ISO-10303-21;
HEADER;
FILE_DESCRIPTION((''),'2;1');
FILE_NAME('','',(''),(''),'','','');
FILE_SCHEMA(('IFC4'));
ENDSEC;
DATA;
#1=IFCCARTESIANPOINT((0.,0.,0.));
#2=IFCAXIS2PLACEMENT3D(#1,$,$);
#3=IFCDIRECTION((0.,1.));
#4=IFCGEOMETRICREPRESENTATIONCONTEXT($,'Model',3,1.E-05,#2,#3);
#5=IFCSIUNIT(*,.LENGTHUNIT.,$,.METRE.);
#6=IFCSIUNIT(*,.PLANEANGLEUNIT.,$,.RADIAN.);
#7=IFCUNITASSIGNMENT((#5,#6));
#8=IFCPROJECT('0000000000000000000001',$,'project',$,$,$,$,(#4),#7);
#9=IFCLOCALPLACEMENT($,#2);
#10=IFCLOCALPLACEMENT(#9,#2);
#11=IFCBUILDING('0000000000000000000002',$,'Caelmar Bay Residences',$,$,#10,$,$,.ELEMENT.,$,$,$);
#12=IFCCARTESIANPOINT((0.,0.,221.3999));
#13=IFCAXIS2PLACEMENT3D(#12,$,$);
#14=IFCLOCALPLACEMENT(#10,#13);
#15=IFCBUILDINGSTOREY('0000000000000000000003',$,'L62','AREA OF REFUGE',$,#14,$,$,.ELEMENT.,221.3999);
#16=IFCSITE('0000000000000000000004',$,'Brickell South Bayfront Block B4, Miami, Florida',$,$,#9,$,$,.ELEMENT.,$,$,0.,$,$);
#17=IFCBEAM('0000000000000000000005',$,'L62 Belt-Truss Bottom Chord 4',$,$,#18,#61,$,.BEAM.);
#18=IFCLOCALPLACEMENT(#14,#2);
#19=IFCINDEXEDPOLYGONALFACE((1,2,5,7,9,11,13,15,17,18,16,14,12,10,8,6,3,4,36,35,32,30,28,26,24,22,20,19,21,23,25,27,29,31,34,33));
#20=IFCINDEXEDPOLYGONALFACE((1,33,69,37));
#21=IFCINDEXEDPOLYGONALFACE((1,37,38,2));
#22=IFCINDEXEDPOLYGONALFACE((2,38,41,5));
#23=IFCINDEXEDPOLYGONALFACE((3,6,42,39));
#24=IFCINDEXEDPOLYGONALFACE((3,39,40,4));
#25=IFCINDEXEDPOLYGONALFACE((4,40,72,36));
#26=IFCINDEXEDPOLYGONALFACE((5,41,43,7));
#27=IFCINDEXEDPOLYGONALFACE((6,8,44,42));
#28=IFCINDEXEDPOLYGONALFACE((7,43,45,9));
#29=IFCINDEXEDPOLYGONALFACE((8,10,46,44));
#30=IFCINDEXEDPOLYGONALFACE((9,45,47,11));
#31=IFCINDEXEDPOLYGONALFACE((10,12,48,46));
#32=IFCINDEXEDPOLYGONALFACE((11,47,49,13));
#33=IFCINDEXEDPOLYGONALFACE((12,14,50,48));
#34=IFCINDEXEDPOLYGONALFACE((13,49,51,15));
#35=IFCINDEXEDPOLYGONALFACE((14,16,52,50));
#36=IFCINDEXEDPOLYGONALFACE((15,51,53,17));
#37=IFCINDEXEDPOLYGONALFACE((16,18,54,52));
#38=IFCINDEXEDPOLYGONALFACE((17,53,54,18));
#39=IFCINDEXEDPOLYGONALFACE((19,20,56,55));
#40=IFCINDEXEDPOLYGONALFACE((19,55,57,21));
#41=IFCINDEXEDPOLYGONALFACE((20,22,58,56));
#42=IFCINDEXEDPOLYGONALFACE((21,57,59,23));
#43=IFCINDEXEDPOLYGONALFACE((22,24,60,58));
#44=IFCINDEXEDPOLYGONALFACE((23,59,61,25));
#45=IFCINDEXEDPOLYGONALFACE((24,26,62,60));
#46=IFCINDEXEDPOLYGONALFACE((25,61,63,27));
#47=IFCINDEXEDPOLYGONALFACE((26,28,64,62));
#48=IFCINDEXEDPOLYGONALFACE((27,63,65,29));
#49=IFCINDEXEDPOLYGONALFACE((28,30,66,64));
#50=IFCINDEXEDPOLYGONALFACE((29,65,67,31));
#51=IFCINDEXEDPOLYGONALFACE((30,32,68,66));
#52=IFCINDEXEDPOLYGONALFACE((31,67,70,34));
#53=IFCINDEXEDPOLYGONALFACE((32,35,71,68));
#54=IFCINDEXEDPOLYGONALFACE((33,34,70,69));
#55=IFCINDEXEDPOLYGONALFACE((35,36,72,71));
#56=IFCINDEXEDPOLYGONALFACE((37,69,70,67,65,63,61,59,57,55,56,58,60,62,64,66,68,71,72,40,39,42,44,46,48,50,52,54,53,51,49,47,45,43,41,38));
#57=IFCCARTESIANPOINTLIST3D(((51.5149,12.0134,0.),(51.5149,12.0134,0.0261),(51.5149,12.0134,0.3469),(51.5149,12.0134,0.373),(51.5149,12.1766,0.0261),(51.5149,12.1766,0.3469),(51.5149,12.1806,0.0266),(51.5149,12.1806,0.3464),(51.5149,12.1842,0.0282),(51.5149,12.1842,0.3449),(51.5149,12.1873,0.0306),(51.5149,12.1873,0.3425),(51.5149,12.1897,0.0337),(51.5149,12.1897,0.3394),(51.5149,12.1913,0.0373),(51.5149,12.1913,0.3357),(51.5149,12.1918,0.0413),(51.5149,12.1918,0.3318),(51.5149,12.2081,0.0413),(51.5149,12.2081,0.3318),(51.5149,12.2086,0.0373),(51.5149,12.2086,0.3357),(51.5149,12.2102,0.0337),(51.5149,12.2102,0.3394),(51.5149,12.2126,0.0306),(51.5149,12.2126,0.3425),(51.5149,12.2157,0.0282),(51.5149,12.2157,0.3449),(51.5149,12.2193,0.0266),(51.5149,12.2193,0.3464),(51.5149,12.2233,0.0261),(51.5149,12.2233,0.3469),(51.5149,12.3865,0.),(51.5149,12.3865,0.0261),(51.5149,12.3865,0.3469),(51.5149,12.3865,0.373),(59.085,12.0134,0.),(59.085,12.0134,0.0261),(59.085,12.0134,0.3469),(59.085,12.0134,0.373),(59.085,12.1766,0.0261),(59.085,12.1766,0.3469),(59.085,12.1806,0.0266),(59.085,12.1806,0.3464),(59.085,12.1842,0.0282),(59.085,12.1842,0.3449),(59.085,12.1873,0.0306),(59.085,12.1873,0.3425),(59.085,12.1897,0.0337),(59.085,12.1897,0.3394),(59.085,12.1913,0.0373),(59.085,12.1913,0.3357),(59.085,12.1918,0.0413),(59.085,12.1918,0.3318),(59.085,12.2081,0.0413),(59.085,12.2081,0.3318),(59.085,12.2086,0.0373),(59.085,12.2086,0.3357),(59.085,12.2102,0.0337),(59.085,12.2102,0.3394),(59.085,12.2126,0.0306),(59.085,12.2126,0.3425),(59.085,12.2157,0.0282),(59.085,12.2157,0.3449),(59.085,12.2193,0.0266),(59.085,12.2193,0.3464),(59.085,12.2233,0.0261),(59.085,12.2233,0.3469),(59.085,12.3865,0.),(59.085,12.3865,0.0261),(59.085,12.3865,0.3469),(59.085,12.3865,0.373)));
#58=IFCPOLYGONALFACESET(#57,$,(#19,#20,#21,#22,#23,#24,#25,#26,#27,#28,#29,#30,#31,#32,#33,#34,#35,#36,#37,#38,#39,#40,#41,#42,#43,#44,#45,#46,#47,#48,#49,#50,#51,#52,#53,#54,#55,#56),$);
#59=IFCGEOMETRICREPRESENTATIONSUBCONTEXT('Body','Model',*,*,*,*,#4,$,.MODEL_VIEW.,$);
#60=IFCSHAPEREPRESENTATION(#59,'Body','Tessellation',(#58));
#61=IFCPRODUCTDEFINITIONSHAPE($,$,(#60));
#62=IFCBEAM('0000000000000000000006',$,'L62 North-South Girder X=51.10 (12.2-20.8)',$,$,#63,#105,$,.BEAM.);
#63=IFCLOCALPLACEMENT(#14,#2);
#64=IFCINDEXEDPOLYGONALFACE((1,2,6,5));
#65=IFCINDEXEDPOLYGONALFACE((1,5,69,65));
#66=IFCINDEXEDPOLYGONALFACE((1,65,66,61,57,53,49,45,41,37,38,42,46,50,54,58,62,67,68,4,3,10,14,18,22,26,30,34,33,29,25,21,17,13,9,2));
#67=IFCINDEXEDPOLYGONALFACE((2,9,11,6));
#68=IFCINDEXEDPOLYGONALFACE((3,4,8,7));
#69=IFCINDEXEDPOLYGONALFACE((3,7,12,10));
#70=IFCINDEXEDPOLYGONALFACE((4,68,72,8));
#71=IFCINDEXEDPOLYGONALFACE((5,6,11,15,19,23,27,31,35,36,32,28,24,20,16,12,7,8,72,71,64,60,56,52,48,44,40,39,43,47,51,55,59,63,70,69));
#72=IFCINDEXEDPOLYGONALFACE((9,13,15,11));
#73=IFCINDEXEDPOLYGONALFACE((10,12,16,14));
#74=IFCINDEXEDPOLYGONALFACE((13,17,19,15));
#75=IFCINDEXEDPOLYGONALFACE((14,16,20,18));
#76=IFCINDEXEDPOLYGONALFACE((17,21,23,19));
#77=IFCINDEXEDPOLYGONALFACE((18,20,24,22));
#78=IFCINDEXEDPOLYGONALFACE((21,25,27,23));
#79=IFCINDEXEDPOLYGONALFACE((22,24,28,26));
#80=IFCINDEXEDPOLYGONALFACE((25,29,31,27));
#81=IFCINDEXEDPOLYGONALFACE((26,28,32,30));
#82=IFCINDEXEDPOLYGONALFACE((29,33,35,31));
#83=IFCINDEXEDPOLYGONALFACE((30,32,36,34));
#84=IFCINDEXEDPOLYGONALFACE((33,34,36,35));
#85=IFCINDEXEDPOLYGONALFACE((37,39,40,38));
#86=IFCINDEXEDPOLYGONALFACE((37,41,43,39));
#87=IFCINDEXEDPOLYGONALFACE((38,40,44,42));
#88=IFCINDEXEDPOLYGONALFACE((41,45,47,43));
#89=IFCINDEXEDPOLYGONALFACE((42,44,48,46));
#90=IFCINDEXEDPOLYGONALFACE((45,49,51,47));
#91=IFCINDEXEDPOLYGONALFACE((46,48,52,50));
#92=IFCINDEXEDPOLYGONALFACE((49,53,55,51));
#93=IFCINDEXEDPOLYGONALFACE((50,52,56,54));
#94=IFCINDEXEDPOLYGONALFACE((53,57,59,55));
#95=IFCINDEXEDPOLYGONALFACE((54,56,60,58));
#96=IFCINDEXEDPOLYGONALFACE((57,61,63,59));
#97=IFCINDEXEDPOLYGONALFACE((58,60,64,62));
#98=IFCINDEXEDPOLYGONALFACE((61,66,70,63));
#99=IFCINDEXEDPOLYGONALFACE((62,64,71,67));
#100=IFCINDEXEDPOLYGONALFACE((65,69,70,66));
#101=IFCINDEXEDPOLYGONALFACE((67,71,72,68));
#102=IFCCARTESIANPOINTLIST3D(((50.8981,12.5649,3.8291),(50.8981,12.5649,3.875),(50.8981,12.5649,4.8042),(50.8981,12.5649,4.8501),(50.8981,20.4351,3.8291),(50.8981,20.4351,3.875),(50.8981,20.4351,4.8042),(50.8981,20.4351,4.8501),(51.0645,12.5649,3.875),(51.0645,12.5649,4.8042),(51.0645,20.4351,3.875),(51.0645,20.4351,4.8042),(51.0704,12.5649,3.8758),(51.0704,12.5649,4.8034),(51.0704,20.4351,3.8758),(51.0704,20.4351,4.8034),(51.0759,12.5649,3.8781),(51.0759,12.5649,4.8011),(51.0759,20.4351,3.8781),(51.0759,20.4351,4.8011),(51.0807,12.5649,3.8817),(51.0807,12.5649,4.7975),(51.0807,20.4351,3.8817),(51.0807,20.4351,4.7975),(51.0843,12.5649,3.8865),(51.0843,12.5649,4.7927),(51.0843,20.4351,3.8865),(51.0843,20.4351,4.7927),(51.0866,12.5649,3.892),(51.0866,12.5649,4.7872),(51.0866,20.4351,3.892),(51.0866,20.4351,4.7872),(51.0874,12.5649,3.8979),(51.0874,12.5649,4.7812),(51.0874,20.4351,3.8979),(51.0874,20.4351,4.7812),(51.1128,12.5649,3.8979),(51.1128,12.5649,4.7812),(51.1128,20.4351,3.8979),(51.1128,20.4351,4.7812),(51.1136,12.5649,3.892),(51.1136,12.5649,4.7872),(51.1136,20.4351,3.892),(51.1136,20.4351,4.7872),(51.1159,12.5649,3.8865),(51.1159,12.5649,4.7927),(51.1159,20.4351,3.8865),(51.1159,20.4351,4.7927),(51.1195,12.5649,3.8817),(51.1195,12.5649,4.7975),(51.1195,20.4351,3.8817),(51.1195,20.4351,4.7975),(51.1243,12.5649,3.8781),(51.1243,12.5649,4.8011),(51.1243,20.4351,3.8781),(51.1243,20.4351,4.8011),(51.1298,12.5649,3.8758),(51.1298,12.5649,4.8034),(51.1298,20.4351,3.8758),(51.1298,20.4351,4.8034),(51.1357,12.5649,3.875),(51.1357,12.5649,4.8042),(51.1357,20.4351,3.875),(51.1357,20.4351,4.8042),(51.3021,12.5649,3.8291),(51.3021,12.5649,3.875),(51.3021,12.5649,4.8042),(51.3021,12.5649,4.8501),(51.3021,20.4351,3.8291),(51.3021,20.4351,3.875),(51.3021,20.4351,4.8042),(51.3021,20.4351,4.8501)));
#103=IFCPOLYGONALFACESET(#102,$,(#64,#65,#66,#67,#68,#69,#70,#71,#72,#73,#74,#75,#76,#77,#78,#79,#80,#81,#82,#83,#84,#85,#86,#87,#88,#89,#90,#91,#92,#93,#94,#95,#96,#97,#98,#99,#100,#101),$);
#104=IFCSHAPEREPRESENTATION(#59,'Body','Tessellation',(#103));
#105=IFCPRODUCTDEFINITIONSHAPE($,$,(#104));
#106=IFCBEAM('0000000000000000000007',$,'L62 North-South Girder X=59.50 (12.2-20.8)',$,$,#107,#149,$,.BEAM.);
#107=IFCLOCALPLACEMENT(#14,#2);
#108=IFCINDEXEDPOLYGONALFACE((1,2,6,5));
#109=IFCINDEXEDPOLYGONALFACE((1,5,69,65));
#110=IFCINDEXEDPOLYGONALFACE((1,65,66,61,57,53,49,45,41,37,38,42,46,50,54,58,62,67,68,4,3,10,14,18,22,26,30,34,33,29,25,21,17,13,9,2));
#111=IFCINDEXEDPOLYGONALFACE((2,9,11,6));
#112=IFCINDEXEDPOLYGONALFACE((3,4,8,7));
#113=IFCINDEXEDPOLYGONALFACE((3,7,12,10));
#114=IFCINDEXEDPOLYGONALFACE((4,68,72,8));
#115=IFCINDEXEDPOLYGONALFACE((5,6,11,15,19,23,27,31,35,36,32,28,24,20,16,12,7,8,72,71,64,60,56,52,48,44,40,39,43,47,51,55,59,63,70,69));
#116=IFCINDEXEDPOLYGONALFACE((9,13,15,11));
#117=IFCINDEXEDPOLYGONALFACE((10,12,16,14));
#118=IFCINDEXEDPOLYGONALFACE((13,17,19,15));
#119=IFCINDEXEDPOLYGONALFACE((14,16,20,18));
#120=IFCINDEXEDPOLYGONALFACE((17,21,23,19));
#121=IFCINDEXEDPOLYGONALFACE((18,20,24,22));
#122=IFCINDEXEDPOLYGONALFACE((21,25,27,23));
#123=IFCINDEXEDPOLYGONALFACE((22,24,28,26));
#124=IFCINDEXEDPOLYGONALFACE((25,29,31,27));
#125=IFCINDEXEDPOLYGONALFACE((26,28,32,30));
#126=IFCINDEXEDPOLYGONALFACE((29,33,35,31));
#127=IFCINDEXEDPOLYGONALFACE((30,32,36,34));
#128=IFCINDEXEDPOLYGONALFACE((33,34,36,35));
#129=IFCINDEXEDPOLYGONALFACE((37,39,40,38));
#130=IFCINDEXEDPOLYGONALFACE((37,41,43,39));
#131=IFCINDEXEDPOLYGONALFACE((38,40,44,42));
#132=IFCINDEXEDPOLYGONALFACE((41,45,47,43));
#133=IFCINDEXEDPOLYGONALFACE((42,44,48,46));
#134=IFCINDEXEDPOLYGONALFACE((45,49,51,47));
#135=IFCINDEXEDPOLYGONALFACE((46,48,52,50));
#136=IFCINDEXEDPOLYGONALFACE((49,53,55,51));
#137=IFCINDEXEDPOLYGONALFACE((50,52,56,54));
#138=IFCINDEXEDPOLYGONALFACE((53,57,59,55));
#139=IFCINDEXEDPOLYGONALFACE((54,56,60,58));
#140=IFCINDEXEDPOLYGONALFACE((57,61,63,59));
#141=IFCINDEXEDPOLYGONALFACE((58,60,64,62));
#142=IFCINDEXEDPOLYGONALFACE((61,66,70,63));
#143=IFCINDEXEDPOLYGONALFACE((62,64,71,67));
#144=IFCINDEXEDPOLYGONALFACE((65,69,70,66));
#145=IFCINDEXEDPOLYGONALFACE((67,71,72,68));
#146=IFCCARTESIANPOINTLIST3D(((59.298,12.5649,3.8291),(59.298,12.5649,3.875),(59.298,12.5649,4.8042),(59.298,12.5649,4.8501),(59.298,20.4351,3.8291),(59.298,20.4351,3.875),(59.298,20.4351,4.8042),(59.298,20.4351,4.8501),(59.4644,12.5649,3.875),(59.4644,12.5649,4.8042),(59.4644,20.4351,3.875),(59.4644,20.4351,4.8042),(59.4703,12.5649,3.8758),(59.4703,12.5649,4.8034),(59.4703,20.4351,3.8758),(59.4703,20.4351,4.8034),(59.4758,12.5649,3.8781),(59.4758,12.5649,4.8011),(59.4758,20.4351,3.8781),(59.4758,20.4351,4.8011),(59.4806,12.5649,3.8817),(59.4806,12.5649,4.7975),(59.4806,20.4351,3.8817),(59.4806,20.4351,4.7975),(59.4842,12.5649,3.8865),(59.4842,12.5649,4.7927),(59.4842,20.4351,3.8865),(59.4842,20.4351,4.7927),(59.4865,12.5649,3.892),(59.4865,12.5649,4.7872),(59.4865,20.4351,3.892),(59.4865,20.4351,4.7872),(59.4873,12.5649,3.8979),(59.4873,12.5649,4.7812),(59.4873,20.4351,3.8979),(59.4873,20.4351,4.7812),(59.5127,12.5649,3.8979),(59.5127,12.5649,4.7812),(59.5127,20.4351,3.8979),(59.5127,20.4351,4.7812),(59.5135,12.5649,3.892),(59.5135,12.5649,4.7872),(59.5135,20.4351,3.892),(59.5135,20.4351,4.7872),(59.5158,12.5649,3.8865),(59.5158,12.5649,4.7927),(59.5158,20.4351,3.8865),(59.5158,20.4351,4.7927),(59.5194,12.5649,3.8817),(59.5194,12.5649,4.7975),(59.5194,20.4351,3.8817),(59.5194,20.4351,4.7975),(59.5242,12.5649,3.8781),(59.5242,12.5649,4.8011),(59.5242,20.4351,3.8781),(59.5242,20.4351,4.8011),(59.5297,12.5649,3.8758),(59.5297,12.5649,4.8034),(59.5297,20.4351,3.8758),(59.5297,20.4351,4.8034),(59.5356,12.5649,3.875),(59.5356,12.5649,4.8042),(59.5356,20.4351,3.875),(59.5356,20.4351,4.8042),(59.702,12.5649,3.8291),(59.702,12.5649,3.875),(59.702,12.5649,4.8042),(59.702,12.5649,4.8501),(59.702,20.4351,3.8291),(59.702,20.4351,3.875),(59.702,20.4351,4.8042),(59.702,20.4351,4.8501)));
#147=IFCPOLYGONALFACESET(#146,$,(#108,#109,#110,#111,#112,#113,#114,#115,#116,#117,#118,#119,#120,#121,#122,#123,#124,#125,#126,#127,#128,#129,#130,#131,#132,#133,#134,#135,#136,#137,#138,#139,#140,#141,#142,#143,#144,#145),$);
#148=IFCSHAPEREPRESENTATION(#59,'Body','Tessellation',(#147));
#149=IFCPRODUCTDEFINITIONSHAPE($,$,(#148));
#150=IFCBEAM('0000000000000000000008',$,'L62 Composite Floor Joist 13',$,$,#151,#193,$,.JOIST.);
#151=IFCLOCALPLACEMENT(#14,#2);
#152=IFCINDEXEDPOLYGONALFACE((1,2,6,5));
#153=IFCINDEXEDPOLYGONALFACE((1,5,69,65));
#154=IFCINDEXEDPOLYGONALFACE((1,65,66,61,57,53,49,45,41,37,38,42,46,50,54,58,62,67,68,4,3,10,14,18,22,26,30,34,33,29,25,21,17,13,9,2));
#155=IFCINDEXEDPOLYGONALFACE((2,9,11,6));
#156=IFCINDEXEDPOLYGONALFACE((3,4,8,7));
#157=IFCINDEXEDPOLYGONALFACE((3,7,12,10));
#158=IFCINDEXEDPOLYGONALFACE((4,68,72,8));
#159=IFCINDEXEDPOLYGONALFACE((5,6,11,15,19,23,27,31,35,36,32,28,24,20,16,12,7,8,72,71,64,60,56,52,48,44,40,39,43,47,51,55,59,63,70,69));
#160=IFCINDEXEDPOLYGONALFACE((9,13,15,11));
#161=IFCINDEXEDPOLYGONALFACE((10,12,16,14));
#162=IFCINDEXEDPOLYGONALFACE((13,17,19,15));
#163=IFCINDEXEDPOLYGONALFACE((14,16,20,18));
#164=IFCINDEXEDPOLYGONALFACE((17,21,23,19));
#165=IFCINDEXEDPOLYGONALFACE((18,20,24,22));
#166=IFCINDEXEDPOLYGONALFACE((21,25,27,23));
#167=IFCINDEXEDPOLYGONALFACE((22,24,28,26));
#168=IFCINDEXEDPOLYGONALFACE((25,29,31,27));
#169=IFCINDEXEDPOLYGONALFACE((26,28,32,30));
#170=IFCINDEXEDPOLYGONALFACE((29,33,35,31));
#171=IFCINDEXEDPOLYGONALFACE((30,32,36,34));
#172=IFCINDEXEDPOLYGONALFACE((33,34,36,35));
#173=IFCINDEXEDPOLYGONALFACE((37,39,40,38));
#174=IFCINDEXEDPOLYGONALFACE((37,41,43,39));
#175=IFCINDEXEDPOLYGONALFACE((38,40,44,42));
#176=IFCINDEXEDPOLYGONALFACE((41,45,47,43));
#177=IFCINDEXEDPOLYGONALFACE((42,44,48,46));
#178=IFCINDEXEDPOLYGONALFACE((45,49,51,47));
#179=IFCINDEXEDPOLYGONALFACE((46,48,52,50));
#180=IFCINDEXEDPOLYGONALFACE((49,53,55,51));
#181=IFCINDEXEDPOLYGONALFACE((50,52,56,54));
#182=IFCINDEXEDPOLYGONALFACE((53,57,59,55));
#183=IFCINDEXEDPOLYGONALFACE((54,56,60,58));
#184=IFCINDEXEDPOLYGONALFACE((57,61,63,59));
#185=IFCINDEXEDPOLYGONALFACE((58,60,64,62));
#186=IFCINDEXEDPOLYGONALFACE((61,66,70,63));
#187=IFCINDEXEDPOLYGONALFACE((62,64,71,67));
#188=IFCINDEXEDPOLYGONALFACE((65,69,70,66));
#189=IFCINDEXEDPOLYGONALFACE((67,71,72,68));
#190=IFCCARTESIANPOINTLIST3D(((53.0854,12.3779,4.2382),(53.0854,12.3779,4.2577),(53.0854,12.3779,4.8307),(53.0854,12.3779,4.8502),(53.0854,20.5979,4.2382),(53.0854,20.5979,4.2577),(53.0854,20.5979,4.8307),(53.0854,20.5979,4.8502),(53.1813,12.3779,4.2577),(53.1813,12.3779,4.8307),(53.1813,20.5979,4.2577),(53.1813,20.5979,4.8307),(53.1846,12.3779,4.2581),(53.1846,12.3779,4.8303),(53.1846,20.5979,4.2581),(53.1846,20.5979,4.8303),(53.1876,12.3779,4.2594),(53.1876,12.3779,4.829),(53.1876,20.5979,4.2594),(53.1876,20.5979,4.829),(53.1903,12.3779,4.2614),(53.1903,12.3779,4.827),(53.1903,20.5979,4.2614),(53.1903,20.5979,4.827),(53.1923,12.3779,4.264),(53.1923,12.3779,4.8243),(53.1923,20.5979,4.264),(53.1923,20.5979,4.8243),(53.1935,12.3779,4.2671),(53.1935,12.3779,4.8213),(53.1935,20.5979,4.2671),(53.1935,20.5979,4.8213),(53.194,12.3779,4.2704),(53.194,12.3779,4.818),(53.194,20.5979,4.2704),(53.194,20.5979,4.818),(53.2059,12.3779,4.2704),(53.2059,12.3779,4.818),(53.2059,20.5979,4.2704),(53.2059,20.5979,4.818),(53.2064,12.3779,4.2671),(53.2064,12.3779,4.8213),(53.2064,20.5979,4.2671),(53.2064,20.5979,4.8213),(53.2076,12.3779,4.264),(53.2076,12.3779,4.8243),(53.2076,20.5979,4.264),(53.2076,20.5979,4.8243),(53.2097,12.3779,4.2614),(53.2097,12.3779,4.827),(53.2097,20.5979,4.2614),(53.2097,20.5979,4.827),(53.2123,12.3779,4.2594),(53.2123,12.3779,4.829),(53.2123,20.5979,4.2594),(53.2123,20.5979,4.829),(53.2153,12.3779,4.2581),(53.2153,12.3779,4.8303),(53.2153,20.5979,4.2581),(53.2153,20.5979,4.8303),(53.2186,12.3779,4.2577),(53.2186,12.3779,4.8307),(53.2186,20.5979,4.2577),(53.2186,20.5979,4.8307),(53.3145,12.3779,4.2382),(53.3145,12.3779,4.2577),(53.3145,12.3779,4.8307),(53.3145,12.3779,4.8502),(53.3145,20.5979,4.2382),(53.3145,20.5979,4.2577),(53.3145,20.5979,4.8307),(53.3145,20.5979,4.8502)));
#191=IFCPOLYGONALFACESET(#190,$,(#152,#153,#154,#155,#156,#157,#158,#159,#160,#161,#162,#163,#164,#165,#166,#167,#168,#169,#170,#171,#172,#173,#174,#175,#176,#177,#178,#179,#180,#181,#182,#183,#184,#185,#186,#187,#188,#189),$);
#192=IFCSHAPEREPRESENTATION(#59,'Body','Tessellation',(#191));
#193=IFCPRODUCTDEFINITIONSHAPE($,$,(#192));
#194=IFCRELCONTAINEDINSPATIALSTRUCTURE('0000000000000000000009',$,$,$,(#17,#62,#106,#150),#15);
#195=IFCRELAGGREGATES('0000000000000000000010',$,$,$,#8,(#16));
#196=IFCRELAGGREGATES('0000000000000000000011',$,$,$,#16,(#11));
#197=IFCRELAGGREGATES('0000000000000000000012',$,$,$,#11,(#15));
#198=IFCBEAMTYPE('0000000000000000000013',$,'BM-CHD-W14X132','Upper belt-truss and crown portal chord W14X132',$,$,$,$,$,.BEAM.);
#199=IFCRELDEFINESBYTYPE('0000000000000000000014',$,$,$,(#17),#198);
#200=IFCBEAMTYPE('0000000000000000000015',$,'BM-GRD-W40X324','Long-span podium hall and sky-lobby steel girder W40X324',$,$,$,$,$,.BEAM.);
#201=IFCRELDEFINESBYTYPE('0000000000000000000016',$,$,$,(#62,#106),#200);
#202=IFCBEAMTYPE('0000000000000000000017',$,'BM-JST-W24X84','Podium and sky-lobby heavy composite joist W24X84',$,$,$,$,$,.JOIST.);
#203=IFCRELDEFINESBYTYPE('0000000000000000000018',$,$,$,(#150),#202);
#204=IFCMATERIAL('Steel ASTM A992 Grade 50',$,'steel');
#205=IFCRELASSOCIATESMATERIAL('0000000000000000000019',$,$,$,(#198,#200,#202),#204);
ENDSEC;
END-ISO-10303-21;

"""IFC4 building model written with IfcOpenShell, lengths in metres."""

from ifc_helpers import new_model, si_unit, direction, frame, origin, origin_2d, place, context, subcontext, project, spatial, i_section, extrude, material, material_profile, profile_set, type_object, element, save


model = new_model("IFC4")

# Units and contexts
model_context = context("Model", 3, precision=1e-05, world=origin(), true_north=direction((0.0, 1.0)))
body_context = subcontext(model_context, "Body", "Model", "MODEL_VIEW")
ifc_project = project(units=[si_unit("LENGTHUNIT", "METRE"), si_unit("PLANEANGLEUNIT", "RADIAN")], contexts=[model_context])

# Site, building, storey
site_placement = place(None, origin())
site = spatial("IfcSite", under=ifc_project, at=site_placement, Name="Brickell South Bayfront Block B4, Miami, Florida", CompositionType="ELEMENT", RefElevation=0.0)
building_placement = place(site_placement, origin())
building = spatial("IfcBuilding", under=site, at=building_placement, Name="Caelmar Bay Residences", CompositionType="ELEMENT")
storey_placement = place(building_placement, frame((0.0, 0.0, 221.3999)))
storey = spatial("IfcBuildingStorey", under=building, at=storey_placement, Name="L62", Description="AREA OF REFUGE", CompositionType="ELEMENT", Elevation=221.3999)

# Beams
ifc_material_1 = material(Name="Steel ASTM A992 Grade 50", Category="steel")
ifc_material_profile_1 = material_profile(ifc_material_1, i_section(OverallWidth=0.373, OverallDepth=0.373, WebThickness=0.0164, FlangeThickness=0.0261, FilletRadius=0.0151, at=origin_2d()), Name="W14X132")
ifc_profile_set_1 = profile_set([ifc_material_profile_1], Name="Steel ASTM A992 Grade 50")
beam_type_1 = type_object("IfcBeamType", Name="BM-CHD-W14X132", Description="Upper belt-truss and crown portal chord W14X132", PredefinedType="BEAM", material=ifc_profile_set_1)
beam_1_placement = place(storey_placement, frame((51.5149, 12.2, 0.1865), z_axis=(1.0, 0.0, 0.0), x_axis=(0.0, 1.0, 0.0)))
element("IfcBeam", 1, at=beam_1_placement, inside=storey, type_object=beam_type_1, Name="L62 Belt-Truss Bottom Chord 4", PredefinedType="BEAM", context=body_context, shape_type="SweptSolid", body=[
    extrude(i_section(OverallWidth=0.373, OverallDepth=0.373, WebThickness=0.0164, FlangeThickness=0.0261, FilletRadius=0.0151, at=origin_2d()), origin(), (0.0, 0.0, 1.0), 7.5701),
])
ifc_material_profile_2 = material_profile(ifc_material_1, i_section(OverallWidth=0.4041, OverallDepth=1.021, WebThickness=0.0254, FlangeThickness=0.0459, FilletRadius=0.0229, at=origin_2d()), Name="W40X324")
ifc_profile_set_2 = profile_set([ifc_material_profile_2], Name="Steel ASTM A992 Grade 50")
beam_type_2 = type_object("IfcBeamType", Name="BM-GRD-W40X324", Description="Long-span podium hall and sky-lobby steel girder W40X324", PredefinedType="BEAM", material=ifc_profile_set_2)
for number, where, z_axis, x_axis, name in (
    (2, (51.1001, 12.5649, 4.3396), (0.0, 1.0, 0.0), (-1.0, 0.0, 0.0), "L62 North-South Girder X=51.10 (12.2-20.8)"),
    (3, (59.5, 12.5649, 4.3396), (0.0, 1.0, 0.0), (-1.0, 0.0, 0.0), "L62 North-South Girder X=59.50 (12.2-20.8)"),
):
    element("IfcBeam", number, at=place(storey_placement, frame(where, z_axis=z_axis, x_axis=x_axis)), inside=storey, type_object=beam_type_2, Name=name, PredefinedType="BEAM", context=body_context, shape_type="SweptSolid", body=[
        extrude(i_section(OverallWidth=0.4041, OverallDepth=1.021, WebThickness=0.0254, FlangeThickness=0.0459, FilletRadius=0.0229, at=origin_2d()), origin(), (0.0, 0.0, 1.0), 7.8701),
    ])
ifc_material_profile_3 = material_profile(ifc_material_1, i_section(OverallWidth=0.229, OverallDepth=0.6121, WebThickness=0.012, FlangeThickness=0.0195, FilletRadius=0.0127, at=origin_2d()), Name="W24X84")
ifc_profile_set_3 = profile_set([ifc_material_profile_3], Name="Steel ASTM A992 Grade 50")
beam_type_3 = type_object("IfcBeamType", Name="BM-JST-W24X84", Description="Podium and sky-lobby heavy composite joist W24X84", PredefinedType="JOIST", material=ifc_profile_set_3)
for number, where, z_axis, x_axis, name in (
    (4, (53.2, 12.3779, 4.5442), (0.0, 1.0, 0.0), (-1.0, 0.0, 0.0), "L62 Composite Floor Joist 13"),
):
    element("IfcBeam", number, at=place(storey_placement, frame(where, z_axis=z_axis, x_axis=x_axis)), inside=storey, type_object=beam_type_3, Name=name, PredefinedType="JOIST", context=body_context, shape_type="SweptSolid", body=[
        extrude(i_section(OverallWidth=0.229, OverallDepth=0.6121, WebThickness=0.012, FlangeThickness=0.0195, FilletRadius=0.0127, at=origin_2d()), origin(), (0.0, 0.0, 1.0), 8.22),
    ])

save(model, "model.ifc")
